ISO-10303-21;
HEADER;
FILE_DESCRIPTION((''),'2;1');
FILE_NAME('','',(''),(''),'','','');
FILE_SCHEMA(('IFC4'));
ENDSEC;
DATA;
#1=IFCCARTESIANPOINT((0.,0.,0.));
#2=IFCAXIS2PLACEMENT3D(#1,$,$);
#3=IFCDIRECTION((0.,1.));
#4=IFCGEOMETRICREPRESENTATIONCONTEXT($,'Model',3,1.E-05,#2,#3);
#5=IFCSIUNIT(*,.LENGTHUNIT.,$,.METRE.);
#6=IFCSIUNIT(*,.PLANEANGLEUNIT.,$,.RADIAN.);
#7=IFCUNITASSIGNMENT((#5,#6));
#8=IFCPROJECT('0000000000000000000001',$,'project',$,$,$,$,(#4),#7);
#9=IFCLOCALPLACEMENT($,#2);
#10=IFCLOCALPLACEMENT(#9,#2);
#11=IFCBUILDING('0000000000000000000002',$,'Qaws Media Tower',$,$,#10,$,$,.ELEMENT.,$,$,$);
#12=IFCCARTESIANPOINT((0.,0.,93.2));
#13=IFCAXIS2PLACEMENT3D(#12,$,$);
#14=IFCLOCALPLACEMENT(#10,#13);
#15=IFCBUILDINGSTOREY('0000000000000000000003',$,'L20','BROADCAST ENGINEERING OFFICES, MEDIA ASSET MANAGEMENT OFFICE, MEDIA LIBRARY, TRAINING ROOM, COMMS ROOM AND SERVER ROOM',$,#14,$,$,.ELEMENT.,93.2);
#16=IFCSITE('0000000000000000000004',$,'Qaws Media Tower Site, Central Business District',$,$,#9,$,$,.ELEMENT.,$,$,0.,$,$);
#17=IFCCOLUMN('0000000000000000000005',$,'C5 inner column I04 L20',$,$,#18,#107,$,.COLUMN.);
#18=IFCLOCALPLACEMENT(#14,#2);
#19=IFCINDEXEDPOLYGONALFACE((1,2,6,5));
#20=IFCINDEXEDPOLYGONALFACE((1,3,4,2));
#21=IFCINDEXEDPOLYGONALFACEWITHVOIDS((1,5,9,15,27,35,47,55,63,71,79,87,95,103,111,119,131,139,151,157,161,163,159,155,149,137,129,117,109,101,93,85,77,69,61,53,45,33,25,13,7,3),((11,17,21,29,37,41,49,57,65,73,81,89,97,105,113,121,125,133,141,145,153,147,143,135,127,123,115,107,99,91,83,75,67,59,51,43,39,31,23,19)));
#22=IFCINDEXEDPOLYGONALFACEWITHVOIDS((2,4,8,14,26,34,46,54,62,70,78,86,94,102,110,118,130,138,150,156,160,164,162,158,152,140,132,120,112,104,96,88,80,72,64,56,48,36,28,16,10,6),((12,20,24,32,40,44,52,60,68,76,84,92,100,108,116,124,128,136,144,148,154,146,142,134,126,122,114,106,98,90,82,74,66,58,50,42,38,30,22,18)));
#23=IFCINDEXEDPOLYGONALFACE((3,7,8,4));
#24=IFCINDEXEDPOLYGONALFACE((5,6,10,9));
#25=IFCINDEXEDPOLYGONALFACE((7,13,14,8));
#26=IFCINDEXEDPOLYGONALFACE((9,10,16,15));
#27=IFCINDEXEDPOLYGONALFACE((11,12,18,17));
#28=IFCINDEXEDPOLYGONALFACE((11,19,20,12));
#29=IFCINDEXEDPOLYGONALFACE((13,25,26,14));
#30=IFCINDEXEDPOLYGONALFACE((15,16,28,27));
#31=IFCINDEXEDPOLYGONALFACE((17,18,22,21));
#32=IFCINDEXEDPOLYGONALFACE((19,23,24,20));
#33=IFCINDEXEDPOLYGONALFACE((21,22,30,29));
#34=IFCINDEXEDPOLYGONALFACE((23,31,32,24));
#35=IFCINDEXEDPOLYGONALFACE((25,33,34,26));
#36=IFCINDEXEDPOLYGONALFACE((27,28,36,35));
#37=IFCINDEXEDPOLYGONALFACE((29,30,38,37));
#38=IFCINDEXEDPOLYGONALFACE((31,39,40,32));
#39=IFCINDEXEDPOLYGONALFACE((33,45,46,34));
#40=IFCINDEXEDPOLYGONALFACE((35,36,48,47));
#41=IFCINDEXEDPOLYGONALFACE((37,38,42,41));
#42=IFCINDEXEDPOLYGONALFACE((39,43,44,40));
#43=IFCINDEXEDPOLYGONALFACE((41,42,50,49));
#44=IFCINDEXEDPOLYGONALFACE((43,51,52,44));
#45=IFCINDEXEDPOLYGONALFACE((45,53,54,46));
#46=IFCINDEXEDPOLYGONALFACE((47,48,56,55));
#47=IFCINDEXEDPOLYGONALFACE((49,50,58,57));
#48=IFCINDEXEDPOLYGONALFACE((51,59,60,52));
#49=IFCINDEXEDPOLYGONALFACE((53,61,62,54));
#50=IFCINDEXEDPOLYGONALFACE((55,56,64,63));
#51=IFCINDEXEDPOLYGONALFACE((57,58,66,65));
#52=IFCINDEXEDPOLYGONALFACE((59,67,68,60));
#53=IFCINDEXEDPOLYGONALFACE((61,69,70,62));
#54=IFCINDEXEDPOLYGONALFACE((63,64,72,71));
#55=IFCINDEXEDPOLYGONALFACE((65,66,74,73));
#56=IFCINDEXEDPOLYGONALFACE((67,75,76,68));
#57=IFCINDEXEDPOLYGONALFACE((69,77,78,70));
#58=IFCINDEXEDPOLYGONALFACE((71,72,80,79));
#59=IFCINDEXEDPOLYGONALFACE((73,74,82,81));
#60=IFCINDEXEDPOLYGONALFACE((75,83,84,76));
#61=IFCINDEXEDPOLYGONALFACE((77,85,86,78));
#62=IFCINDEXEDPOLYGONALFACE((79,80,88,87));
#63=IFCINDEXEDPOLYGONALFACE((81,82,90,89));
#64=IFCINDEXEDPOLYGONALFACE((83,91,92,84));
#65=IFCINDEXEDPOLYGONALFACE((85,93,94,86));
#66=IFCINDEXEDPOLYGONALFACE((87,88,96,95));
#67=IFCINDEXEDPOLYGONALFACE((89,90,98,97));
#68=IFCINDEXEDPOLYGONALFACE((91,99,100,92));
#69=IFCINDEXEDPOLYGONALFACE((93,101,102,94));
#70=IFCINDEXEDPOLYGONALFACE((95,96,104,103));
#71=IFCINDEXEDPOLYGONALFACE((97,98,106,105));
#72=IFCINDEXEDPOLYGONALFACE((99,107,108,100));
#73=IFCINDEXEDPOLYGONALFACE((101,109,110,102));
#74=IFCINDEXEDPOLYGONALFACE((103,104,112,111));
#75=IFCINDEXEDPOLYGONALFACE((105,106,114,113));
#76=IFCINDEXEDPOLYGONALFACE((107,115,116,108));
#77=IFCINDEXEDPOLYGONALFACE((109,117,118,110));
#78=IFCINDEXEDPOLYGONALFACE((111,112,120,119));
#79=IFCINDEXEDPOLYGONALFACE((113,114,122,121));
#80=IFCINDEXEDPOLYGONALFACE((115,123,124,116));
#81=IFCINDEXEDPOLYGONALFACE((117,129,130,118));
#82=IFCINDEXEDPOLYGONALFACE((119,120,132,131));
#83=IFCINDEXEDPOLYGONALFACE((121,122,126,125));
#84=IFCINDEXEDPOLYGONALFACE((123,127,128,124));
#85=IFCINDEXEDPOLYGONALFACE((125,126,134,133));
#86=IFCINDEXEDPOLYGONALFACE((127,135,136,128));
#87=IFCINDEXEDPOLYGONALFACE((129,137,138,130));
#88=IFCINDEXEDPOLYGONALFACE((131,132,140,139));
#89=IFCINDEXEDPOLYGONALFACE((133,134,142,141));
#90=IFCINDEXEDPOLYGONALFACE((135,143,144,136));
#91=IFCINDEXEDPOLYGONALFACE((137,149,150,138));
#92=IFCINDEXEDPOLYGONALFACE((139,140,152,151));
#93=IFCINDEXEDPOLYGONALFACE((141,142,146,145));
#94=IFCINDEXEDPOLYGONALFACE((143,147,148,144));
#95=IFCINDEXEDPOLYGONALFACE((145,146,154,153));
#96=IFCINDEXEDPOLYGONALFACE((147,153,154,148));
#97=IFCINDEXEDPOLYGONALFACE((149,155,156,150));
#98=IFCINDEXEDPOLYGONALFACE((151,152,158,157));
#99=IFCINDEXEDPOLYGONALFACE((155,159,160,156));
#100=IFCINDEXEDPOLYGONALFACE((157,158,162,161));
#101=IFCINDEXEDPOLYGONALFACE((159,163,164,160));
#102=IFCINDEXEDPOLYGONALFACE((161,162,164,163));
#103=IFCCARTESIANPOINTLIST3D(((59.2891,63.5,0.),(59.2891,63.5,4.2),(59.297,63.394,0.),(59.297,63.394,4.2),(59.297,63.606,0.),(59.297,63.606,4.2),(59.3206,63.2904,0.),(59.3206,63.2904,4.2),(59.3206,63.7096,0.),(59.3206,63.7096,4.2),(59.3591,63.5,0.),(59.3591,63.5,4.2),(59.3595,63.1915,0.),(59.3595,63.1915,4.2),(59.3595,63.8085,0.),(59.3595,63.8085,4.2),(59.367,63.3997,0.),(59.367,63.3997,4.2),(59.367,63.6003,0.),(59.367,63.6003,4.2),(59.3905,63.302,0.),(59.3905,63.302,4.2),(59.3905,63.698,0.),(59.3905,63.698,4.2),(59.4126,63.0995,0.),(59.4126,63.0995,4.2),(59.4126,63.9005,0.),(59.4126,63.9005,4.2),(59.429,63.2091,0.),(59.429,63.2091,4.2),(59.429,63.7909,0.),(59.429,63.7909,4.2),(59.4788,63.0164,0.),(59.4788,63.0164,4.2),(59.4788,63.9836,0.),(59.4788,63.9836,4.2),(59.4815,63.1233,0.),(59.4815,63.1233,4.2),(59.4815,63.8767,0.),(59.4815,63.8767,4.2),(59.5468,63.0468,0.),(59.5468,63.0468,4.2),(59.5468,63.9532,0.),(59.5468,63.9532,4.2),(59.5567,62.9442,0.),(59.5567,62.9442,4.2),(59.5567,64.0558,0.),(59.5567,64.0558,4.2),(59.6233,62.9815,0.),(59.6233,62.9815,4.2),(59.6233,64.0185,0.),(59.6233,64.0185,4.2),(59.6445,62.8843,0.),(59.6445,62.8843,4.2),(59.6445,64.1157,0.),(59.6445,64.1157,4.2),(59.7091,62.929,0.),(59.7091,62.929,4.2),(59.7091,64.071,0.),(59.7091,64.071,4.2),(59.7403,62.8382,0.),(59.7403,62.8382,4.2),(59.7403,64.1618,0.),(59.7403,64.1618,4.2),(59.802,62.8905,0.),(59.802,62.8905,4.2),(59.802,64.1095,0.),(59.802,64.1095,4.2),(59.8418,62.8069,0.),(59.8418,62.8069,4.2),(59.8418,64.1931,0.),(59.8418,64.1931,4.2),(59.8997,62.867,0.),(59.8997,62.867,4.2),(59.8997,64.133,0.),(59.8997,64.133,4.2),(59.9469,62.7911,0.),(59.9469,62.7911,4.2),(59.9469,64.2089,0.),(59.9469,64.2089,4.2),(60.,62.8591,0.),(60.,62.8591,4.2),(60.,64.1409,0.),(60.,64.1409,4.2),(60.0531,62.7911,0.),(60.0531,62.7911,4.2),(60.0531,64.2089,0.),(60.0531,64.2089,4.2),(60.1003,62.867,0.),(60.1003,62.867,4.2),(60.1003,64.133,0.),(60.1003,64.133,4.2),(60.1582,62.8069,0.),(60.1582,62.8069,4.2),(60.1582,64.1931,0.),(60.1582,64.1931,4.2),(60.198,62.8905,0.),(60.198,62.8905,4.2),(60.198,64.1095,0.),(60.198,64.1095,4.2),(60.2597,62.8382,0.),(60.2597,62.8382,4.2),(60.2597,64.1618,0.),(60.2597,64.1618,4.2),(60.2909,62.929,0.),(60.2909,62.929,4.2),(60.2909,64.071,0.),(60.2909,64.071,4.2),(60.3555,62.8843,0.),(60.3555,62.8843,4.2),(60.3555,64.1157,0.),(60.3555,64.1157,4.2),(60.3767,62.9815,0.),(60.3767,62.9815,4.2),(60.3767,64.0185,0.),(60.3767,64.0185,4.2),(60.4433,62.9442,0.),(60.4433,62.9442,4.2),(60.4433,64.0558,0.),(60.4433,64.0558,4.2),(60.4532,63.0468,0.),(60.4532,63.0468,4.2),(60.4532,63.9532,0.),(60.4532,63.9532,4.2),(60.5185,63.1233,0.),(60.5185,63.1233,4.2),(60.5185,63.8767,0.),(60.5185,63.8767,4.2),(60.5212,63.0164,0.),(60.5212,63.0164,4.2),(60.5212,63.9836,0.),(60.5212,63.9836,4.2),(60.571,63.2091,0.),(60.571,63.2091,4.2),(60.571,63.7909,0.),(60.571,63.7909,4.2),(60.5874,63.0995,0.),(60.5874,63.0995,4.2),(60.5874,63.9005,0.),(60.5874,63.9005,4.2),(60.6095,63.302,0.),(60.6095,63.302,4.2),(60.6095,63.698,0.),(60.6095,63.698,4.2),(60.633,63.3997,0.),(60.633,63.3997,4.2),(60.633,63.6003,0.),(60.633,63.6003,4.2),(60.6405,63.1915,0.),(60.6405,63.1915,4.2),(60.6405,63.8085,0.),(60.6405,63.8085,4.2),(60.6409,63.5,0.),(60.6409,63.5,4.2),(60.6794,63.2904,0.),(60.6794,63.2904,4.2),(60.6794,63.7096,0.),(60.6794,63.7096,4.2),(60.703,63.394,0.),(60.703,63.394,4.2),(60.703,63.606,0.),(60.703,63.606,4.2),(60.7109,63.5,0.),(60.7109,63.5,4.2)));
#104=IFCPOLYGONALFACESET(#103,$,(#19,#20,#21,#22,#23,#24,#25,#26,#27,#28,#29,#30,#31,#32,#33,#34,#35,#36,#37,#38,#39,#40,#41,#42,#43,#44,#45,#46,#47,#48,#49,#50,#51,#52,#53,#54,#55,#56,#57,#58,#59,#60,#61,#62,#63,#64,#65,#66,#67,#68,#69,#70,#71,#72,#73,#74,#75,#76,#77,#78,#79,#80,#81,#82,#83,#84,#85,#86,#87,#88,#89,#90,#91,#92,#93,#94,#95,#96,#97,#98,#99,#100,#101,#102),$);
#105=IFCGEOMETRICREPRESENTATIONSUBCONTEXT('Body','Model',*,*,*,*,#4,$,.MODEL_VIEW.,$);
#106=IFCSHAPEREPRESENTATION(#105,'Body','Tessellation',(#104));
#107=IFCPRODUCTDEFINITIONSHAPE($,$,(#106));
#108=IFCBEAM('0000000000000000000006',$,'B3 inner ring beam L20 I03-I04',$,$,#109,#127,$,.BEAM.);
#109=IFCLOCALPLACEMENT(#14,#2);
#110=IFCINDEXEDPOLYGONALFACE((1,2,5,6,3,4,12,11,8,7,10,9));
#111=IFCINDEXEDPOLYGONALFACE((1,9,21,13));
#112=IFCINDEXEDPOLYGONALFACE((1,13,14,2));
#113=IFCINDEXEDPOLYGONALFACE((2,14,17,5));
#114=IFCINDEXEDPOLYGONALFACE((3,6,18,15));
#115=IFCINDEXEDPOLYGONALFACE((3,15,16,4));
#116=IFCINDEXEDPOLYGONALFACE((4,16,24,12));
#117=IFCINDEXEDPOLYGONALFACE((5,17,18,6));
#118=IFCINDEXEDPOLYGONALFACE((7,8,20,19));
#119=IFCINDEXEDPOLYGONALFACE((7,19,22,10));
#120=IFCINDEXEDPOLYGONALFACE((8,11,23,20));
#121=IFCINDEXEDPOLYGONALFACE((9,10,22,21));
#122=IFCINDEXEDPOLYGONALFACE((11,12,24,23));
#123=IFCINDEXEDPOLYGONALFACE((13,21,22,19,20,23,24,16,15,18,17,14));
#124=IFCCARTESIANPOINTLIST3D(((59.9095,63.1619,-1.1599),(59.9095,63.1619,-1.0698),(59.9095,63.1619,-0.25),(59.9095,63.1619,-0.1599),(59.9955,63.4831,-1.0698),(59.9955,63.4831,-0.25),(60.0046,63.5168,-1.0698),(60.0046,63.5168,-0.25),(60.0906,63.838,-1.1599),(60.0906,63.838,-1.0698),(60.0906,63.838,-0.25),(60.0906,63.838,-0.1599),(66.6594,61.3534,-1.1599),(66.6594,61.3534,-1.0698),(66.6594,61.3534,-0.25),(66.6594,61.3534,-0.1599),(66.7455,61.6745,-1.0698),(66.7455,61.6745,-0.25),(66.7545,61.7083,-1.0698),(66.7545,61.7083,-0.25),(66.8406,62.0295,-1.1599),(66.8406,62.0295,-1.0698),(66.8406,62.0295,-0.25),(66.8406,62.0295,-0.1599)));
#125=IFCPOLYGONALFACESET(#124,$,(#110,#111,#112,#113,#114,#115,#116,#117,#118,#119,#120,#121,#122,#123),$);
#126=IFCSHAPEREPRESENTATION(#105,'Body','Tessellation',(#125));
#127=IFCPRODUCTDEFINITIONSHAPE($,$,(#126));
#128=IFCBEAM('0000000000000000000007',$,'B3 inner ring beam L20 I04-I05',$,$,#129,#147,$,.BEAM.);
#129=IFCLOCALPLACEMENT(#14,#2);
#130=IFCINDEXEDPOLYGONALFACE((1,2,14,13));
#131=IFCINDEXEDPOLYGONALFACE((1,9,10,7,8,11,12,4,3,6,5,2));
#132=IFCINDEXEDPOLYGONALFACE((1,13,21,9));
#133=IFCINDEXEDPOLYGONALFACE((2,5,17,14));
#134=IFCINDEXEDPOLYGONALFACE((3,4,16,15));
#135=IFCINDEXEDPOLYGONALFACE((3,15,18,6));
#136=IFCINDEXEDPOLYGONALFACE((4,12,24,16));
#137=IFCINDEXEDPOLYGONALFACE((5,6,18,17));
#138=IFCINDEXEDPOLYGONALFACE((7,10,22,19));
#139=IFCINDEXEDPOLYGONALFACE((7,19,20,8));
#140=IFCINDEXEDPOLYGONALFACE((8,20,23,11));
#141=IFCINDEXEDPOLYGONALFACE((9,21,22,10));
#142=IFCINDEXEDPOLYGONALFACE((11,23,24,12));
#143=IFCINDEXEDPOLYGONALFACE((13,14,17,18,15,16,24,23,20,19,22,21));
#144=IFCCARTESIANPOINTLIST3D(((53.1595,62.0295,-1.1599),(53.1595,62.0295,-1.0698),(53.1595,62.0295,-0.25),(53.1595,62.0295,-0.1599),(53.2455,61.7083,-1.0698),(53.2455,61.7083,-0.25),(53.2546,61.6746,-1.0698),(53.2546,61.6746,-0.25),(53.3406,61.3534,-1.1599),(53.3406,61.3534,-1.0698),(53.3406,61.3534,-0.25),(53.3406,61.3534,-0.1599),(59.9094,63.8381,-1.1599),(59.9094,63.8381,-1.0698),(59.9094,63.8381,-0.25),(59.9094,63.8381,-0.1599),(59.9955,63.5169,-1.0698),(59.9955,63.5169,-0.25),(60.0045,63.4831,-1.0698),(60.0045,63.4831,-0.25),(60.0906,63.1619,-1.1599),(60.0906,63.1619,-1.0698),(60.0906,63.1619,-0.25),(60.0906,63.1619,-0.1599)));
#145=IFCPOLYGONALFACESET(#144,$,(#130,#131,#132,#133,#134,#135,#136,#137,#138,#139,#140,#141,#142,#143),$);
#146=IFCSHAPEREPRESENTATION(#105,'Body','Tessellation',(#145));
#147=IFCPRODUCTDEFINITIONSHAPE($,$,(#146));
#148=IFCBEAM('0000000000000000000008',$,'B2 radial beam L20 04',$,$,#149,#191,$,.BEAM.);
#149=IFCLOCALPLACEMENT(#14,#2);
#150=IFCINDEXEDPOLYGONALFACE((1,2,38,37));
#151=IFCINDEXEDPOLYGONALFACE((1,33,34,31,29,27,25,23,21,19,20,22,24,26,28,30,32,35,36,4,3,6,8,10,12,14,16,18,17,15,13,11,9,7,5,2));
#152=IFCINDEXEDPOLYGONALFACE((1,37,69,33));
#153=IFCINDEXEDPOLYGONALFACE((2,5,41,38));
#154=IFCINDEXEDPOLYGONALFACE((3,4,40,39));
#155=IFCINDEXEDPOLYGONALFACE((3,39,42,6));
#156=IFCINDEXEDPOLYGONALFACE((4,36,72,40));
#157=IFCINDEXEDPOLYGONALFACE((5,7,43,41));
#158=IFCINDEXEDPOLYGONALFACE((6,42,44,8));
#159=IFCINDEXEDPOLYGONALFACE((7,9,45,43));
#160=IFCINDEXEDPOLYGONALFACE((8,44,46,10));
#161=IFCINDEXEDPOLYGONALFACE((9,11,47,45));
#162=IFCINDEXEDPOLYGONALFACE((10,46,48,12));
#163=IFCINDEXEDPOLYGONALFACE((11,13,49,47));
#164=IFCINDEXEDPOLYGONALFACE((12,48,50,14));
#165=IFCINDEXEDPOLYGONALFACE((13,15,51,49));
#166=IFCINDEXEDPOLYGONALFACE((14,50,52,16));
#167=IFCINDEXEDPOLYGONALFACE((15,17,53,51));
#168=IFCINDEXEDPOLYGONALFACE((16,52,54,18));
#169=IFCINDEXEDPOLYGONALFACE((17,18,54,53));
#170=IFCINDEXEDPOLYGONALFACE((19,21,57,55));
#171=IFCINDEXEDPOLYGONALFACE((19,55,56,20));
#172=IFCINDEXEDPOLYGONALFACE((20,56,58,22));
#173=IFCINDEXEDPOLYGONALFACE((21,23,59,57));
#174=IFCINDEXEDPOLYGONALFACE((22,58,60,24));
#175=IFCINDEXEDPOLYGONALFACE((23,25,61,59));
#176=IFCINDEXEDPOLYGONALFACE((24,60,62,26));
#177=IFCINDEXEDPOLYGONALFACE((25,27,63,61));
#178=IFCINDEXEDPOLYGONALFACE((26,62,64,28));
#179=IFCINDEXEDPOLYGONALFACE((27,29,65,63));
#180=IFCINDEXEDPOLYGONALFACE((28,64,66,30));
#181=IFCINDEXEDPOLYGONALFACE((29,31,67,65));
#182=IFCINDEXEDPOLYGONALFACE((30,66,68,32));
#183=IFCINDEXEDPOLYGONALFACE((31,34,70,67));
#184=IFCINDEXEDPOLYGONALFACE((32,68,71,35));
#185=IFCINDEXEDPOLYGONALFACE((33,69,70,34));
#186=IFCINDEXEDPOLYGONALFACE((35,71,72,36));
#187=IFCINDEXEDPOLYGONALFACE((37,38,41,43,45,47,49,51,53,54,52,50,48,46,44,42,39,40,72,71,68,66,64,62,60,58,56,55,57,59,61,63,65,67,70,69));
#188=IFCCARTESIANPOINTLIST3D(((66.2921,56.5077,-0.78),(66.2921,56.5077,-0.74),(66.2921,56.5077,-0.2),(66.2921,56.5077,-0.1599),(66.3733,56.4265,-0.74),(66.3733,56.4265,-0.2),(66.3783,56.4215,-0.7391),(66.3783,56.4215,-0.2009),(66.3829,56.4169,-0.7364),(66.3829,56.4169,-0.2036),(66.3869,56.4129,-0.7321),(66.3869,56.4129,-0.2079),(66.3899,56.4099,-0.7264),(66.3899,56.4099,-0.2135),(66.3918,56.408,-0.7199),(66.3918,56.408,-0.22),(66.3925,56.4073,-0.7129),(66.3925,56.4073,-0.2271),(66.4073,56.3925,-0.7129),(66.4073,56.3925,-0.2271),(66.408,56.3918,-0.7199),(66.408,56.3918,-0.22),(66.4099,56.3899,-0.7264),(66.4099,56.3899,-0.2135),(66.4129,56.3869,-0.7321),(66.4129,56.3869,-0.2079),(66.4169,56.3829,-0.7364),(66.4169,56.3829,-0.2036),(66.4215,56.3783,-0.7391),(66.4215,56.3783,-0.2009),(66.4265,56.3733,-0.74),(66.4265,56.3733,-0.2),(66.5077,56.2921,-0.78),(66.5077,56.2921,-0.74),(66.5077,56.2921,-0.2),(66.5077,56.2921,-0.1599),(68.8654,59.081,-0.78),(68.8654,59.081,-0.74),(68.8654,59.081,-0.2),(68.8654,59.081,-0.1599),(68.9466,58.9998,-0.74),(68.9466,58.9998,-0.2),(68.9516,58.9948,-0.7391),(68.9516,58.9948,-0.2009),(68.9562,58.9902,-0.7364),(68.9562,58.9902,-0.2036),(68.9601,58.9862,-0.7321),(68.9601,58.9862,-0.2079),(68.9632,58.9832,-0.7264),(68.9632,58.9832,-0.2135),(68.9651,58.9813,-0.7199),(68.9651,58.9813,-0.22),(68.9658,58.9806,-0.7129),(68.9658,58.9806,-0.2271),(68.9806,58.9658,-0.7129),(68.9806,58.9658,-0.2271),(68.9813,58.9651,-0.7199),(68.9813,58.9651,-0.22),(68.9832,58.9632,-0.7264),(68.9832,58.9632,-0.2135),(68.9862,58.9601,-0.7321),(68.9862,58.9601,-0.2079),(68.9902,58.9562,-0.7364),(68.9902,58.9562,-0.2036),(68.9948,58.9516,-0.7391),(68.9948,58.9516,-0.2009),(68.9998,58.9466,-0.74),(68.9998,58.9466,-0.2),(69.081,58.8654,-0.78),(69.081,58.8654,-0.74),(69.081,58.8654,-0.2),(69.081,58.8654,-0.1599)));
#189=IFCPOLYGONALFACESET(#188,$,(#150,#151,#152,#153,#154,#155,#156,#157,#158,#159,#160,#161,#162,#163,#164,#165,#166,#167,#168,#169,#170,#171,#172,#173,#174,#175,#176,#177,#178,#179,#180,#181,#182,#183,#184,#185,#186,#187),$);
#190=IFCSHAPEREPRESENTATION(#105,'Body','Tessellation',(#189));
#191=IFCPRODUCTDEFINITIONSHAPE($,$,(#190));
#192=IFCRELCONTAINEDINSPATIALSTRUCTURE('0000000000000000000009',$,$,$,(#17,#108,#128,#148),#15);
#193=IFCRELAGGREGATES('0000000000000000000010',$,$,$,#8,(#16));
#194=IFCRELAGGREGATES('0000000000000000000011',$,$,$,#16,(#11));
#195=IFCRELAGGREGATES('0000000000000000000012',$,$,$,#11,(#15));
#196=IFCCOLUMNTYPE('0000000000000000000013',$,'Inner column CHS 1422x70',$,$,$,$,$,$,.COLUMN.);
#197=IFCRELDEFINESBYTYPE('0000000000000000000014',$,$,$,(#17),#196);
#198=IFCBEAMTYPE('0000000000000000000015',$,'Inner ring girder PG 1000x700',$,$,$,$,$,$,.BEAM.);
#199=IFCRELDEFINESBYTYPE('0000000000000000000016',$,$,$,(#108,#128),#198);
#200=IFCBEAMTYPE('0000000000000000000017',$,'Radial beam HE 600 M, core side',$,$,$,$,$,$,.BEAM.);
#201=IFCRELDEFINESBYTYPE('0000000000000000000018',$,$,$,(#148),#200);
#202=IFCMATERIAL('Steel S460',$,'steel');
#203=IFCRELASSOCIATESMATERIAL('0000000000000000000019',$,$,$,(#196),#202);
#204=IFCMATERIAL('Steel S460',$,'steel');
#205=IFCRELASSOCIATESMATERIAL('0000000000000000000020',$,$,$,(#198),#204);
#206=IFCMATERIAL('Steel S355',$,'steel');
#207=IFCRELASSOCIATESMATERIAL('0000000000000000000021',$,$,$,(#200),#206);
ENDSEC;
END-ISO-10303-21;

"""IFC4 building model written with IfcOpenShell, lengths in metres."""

from ifc_helpers import new_model, si_unit, direction, frame, origin, origin_2d, place, context, subcontext, project, spatial, hollow_circle, i_section, extrude, material, material_profile, profile_set, type_object, element, save


model = new_model("IFC4")

# Units and contexts
model_context = context("Model", 3, precision=1e-05, world=origin(), true_north=direction((0.0, 1.0)))
body_context = subcontext(model_context, "Body", "Model", "MODEL_VIEW")
ifc_project = project(units=[si_unit("LENGTHUNIT", "METRE"), si_unit("PLANEANGLEUNIT", "RADIAN")], contexts=[model_context])

# Site, building, storey
site_placement = place(None, origin())
site = spatial("IfcSite", under=ifc_project, at=site_placement, Name="Qaws Media Tower Site, Central Business District", CompositionType="ELEMENT", RefElevation=0.0)
building_placement = place(site_placement, origin())
building = spatial("IfcBuilding", under=site, at=building_placement, Name="Qaws Media Tower", CompositionType="ELEMENT")
storey_placement = place(building_placement, frame((0.0, 0.0, 93.2)))
storey = spatial("IfcBuildingStorey", under=building, at=storey_placement, Name="L20", Description="BROADCAST ENGINEERING OFFICES, MEDIA ASSET MANAGEMENT OFFICE, MEDIA LIBRARY, TRAINING ROOM, COMMS ROOM AND SERVER ROOM", CompositionType="ELEMENT", Elevation=93.2)

# Column
ifc_material_1 = material(Name="Steel S460", Category="steel")
ifc_material_profile_1 = material_profile(ifc_material_1, hollow_circle(Radius=0.7109, WallThickness=0.0701, at=origin_2d()), Name="CHS 1422x70")
ifc_profile_set_1 = profile_set([ifc_material_profile_1], Name="Steel S460")
column_type = type_object("IfcColumnType", Name="Inner column CHS 1422x70", PredefinedType="COLUMN", material=ifc_profile_set_1)
for number, where, z_axis, x_axis, name in (
    (1, (60.0, 63.5, 0.0), (0.0, 0.0, 1.0), (1.0, 0.0, 0.0), "C5 inner column I04 L20"),
):
    element("IfcColumn", number, at=place(storey_placement, frame(where, z_axis=z_axis, x_axis=x_axis)), inside=storey, type_object=column_type, Name=name, PredefinedType="COLUMN", context=body_context, shape_type="SweptSolid", body=[
        extrude(hollow_circle(Radius=0.7109, WallThickness=0.0701, at=origin_2d()), origin(), (0.0, 0.0, 1.0), 4.2),
    ])

# Beams
ifc_material_2 = material(Name="Steel S460", Category="steel")
ifc_material_profile_2 = material_profile(ifc_material_2, i_section(OverallWidth=0.7, OverallDepth=1.0, WebThickness=0.0349, FlangeThickness=0.0901, at=origin_2d()), Name="PG 1000x700")
ifc_profile_set_2 = profile_set([ifc_material_profile_2], Name="Steel S460")
beam_type_1 = type_object("IfcBeamType", Name="Inner ring girder PG 1000x700", PredefinedType="BEAM", material=ifc_profile_set_2)
for number, where, z_axis, x_axis, name in (
    (2, (66.75, 61.6914, -0.6599), (-0.965928, 0.258811, 0.0), (-0.258811, -0.965928, 0.0), "B3 inner ring beam L20 I03-I04"),
    (3, (60.0, 63.5, -0.6599), (-0.965928, -0.258811, 0.0), (0.258811, -0.965928, 0.0), "B3 inner ring beam L20 I04-I05"),
):
    element("IfcBeam", number, at=place(storey_placement, frame(where, z_axis=z_axis, x_axis=x_axis)), inside=storey, type_object=beam_type_1, Name=name, PredefinedType="BEAM", context=body_context, shape_type="SweptSolid", body=[
        extrude(i_section(OverallWidth=0.7, OverallDepth=1.0, WebThickness=0.0349, FlangeThickness=0.0901, at=origin_2d()), origin(), (0.0, 0.0, 1.0), 6.988),
    ])
ifc_material_3 = material(Name="Steel S355", Category="steel")
ifc_material_profile_3 = material_profile(ifc_material_3, i_section(OverallWidth=0.3049, OverallDepth=0.6201, WebThickness=0.021, FlangeThickness=0.04, FilletRadius=0.0271, at=origin_2d()), Name="HE 600 M")
ifc_profile_set_3 = profile_set([ifc_material_profile_3], Name="Steel S355")
beam_type_2 = type_object("IfcBeamType", Name="Radial beam HE 600 M, core side", PredefinedType="BEAM", material=ifc_profile_set_3)
beam_1_placement = place(storey_placement, frame((66.3999, 56.3999, -0.47), z_axis=(0.707107, 0.707107, 0.0), x_axis=(-0.707107, 0.707107, 0.0)))
element("IfcBeam", 4, at=beam_1_placement, inside=storey, type_object=beam_type_2, Name="B2 radial beam L20 04", PredefinedType="BEAM", context=body_context, shape_type="SweptSolid", body=[
    extrude(i_section(OverallWidth=0.3049, OverallDepth=0.6201, WebThickness=0.021, FlangeThickness=0.04, FilletRadius=0.0271, at=origin_2d()), origin(), (0.0, 0.0, 1.0), 3.6392),
])

save(model, "model.ifc")
